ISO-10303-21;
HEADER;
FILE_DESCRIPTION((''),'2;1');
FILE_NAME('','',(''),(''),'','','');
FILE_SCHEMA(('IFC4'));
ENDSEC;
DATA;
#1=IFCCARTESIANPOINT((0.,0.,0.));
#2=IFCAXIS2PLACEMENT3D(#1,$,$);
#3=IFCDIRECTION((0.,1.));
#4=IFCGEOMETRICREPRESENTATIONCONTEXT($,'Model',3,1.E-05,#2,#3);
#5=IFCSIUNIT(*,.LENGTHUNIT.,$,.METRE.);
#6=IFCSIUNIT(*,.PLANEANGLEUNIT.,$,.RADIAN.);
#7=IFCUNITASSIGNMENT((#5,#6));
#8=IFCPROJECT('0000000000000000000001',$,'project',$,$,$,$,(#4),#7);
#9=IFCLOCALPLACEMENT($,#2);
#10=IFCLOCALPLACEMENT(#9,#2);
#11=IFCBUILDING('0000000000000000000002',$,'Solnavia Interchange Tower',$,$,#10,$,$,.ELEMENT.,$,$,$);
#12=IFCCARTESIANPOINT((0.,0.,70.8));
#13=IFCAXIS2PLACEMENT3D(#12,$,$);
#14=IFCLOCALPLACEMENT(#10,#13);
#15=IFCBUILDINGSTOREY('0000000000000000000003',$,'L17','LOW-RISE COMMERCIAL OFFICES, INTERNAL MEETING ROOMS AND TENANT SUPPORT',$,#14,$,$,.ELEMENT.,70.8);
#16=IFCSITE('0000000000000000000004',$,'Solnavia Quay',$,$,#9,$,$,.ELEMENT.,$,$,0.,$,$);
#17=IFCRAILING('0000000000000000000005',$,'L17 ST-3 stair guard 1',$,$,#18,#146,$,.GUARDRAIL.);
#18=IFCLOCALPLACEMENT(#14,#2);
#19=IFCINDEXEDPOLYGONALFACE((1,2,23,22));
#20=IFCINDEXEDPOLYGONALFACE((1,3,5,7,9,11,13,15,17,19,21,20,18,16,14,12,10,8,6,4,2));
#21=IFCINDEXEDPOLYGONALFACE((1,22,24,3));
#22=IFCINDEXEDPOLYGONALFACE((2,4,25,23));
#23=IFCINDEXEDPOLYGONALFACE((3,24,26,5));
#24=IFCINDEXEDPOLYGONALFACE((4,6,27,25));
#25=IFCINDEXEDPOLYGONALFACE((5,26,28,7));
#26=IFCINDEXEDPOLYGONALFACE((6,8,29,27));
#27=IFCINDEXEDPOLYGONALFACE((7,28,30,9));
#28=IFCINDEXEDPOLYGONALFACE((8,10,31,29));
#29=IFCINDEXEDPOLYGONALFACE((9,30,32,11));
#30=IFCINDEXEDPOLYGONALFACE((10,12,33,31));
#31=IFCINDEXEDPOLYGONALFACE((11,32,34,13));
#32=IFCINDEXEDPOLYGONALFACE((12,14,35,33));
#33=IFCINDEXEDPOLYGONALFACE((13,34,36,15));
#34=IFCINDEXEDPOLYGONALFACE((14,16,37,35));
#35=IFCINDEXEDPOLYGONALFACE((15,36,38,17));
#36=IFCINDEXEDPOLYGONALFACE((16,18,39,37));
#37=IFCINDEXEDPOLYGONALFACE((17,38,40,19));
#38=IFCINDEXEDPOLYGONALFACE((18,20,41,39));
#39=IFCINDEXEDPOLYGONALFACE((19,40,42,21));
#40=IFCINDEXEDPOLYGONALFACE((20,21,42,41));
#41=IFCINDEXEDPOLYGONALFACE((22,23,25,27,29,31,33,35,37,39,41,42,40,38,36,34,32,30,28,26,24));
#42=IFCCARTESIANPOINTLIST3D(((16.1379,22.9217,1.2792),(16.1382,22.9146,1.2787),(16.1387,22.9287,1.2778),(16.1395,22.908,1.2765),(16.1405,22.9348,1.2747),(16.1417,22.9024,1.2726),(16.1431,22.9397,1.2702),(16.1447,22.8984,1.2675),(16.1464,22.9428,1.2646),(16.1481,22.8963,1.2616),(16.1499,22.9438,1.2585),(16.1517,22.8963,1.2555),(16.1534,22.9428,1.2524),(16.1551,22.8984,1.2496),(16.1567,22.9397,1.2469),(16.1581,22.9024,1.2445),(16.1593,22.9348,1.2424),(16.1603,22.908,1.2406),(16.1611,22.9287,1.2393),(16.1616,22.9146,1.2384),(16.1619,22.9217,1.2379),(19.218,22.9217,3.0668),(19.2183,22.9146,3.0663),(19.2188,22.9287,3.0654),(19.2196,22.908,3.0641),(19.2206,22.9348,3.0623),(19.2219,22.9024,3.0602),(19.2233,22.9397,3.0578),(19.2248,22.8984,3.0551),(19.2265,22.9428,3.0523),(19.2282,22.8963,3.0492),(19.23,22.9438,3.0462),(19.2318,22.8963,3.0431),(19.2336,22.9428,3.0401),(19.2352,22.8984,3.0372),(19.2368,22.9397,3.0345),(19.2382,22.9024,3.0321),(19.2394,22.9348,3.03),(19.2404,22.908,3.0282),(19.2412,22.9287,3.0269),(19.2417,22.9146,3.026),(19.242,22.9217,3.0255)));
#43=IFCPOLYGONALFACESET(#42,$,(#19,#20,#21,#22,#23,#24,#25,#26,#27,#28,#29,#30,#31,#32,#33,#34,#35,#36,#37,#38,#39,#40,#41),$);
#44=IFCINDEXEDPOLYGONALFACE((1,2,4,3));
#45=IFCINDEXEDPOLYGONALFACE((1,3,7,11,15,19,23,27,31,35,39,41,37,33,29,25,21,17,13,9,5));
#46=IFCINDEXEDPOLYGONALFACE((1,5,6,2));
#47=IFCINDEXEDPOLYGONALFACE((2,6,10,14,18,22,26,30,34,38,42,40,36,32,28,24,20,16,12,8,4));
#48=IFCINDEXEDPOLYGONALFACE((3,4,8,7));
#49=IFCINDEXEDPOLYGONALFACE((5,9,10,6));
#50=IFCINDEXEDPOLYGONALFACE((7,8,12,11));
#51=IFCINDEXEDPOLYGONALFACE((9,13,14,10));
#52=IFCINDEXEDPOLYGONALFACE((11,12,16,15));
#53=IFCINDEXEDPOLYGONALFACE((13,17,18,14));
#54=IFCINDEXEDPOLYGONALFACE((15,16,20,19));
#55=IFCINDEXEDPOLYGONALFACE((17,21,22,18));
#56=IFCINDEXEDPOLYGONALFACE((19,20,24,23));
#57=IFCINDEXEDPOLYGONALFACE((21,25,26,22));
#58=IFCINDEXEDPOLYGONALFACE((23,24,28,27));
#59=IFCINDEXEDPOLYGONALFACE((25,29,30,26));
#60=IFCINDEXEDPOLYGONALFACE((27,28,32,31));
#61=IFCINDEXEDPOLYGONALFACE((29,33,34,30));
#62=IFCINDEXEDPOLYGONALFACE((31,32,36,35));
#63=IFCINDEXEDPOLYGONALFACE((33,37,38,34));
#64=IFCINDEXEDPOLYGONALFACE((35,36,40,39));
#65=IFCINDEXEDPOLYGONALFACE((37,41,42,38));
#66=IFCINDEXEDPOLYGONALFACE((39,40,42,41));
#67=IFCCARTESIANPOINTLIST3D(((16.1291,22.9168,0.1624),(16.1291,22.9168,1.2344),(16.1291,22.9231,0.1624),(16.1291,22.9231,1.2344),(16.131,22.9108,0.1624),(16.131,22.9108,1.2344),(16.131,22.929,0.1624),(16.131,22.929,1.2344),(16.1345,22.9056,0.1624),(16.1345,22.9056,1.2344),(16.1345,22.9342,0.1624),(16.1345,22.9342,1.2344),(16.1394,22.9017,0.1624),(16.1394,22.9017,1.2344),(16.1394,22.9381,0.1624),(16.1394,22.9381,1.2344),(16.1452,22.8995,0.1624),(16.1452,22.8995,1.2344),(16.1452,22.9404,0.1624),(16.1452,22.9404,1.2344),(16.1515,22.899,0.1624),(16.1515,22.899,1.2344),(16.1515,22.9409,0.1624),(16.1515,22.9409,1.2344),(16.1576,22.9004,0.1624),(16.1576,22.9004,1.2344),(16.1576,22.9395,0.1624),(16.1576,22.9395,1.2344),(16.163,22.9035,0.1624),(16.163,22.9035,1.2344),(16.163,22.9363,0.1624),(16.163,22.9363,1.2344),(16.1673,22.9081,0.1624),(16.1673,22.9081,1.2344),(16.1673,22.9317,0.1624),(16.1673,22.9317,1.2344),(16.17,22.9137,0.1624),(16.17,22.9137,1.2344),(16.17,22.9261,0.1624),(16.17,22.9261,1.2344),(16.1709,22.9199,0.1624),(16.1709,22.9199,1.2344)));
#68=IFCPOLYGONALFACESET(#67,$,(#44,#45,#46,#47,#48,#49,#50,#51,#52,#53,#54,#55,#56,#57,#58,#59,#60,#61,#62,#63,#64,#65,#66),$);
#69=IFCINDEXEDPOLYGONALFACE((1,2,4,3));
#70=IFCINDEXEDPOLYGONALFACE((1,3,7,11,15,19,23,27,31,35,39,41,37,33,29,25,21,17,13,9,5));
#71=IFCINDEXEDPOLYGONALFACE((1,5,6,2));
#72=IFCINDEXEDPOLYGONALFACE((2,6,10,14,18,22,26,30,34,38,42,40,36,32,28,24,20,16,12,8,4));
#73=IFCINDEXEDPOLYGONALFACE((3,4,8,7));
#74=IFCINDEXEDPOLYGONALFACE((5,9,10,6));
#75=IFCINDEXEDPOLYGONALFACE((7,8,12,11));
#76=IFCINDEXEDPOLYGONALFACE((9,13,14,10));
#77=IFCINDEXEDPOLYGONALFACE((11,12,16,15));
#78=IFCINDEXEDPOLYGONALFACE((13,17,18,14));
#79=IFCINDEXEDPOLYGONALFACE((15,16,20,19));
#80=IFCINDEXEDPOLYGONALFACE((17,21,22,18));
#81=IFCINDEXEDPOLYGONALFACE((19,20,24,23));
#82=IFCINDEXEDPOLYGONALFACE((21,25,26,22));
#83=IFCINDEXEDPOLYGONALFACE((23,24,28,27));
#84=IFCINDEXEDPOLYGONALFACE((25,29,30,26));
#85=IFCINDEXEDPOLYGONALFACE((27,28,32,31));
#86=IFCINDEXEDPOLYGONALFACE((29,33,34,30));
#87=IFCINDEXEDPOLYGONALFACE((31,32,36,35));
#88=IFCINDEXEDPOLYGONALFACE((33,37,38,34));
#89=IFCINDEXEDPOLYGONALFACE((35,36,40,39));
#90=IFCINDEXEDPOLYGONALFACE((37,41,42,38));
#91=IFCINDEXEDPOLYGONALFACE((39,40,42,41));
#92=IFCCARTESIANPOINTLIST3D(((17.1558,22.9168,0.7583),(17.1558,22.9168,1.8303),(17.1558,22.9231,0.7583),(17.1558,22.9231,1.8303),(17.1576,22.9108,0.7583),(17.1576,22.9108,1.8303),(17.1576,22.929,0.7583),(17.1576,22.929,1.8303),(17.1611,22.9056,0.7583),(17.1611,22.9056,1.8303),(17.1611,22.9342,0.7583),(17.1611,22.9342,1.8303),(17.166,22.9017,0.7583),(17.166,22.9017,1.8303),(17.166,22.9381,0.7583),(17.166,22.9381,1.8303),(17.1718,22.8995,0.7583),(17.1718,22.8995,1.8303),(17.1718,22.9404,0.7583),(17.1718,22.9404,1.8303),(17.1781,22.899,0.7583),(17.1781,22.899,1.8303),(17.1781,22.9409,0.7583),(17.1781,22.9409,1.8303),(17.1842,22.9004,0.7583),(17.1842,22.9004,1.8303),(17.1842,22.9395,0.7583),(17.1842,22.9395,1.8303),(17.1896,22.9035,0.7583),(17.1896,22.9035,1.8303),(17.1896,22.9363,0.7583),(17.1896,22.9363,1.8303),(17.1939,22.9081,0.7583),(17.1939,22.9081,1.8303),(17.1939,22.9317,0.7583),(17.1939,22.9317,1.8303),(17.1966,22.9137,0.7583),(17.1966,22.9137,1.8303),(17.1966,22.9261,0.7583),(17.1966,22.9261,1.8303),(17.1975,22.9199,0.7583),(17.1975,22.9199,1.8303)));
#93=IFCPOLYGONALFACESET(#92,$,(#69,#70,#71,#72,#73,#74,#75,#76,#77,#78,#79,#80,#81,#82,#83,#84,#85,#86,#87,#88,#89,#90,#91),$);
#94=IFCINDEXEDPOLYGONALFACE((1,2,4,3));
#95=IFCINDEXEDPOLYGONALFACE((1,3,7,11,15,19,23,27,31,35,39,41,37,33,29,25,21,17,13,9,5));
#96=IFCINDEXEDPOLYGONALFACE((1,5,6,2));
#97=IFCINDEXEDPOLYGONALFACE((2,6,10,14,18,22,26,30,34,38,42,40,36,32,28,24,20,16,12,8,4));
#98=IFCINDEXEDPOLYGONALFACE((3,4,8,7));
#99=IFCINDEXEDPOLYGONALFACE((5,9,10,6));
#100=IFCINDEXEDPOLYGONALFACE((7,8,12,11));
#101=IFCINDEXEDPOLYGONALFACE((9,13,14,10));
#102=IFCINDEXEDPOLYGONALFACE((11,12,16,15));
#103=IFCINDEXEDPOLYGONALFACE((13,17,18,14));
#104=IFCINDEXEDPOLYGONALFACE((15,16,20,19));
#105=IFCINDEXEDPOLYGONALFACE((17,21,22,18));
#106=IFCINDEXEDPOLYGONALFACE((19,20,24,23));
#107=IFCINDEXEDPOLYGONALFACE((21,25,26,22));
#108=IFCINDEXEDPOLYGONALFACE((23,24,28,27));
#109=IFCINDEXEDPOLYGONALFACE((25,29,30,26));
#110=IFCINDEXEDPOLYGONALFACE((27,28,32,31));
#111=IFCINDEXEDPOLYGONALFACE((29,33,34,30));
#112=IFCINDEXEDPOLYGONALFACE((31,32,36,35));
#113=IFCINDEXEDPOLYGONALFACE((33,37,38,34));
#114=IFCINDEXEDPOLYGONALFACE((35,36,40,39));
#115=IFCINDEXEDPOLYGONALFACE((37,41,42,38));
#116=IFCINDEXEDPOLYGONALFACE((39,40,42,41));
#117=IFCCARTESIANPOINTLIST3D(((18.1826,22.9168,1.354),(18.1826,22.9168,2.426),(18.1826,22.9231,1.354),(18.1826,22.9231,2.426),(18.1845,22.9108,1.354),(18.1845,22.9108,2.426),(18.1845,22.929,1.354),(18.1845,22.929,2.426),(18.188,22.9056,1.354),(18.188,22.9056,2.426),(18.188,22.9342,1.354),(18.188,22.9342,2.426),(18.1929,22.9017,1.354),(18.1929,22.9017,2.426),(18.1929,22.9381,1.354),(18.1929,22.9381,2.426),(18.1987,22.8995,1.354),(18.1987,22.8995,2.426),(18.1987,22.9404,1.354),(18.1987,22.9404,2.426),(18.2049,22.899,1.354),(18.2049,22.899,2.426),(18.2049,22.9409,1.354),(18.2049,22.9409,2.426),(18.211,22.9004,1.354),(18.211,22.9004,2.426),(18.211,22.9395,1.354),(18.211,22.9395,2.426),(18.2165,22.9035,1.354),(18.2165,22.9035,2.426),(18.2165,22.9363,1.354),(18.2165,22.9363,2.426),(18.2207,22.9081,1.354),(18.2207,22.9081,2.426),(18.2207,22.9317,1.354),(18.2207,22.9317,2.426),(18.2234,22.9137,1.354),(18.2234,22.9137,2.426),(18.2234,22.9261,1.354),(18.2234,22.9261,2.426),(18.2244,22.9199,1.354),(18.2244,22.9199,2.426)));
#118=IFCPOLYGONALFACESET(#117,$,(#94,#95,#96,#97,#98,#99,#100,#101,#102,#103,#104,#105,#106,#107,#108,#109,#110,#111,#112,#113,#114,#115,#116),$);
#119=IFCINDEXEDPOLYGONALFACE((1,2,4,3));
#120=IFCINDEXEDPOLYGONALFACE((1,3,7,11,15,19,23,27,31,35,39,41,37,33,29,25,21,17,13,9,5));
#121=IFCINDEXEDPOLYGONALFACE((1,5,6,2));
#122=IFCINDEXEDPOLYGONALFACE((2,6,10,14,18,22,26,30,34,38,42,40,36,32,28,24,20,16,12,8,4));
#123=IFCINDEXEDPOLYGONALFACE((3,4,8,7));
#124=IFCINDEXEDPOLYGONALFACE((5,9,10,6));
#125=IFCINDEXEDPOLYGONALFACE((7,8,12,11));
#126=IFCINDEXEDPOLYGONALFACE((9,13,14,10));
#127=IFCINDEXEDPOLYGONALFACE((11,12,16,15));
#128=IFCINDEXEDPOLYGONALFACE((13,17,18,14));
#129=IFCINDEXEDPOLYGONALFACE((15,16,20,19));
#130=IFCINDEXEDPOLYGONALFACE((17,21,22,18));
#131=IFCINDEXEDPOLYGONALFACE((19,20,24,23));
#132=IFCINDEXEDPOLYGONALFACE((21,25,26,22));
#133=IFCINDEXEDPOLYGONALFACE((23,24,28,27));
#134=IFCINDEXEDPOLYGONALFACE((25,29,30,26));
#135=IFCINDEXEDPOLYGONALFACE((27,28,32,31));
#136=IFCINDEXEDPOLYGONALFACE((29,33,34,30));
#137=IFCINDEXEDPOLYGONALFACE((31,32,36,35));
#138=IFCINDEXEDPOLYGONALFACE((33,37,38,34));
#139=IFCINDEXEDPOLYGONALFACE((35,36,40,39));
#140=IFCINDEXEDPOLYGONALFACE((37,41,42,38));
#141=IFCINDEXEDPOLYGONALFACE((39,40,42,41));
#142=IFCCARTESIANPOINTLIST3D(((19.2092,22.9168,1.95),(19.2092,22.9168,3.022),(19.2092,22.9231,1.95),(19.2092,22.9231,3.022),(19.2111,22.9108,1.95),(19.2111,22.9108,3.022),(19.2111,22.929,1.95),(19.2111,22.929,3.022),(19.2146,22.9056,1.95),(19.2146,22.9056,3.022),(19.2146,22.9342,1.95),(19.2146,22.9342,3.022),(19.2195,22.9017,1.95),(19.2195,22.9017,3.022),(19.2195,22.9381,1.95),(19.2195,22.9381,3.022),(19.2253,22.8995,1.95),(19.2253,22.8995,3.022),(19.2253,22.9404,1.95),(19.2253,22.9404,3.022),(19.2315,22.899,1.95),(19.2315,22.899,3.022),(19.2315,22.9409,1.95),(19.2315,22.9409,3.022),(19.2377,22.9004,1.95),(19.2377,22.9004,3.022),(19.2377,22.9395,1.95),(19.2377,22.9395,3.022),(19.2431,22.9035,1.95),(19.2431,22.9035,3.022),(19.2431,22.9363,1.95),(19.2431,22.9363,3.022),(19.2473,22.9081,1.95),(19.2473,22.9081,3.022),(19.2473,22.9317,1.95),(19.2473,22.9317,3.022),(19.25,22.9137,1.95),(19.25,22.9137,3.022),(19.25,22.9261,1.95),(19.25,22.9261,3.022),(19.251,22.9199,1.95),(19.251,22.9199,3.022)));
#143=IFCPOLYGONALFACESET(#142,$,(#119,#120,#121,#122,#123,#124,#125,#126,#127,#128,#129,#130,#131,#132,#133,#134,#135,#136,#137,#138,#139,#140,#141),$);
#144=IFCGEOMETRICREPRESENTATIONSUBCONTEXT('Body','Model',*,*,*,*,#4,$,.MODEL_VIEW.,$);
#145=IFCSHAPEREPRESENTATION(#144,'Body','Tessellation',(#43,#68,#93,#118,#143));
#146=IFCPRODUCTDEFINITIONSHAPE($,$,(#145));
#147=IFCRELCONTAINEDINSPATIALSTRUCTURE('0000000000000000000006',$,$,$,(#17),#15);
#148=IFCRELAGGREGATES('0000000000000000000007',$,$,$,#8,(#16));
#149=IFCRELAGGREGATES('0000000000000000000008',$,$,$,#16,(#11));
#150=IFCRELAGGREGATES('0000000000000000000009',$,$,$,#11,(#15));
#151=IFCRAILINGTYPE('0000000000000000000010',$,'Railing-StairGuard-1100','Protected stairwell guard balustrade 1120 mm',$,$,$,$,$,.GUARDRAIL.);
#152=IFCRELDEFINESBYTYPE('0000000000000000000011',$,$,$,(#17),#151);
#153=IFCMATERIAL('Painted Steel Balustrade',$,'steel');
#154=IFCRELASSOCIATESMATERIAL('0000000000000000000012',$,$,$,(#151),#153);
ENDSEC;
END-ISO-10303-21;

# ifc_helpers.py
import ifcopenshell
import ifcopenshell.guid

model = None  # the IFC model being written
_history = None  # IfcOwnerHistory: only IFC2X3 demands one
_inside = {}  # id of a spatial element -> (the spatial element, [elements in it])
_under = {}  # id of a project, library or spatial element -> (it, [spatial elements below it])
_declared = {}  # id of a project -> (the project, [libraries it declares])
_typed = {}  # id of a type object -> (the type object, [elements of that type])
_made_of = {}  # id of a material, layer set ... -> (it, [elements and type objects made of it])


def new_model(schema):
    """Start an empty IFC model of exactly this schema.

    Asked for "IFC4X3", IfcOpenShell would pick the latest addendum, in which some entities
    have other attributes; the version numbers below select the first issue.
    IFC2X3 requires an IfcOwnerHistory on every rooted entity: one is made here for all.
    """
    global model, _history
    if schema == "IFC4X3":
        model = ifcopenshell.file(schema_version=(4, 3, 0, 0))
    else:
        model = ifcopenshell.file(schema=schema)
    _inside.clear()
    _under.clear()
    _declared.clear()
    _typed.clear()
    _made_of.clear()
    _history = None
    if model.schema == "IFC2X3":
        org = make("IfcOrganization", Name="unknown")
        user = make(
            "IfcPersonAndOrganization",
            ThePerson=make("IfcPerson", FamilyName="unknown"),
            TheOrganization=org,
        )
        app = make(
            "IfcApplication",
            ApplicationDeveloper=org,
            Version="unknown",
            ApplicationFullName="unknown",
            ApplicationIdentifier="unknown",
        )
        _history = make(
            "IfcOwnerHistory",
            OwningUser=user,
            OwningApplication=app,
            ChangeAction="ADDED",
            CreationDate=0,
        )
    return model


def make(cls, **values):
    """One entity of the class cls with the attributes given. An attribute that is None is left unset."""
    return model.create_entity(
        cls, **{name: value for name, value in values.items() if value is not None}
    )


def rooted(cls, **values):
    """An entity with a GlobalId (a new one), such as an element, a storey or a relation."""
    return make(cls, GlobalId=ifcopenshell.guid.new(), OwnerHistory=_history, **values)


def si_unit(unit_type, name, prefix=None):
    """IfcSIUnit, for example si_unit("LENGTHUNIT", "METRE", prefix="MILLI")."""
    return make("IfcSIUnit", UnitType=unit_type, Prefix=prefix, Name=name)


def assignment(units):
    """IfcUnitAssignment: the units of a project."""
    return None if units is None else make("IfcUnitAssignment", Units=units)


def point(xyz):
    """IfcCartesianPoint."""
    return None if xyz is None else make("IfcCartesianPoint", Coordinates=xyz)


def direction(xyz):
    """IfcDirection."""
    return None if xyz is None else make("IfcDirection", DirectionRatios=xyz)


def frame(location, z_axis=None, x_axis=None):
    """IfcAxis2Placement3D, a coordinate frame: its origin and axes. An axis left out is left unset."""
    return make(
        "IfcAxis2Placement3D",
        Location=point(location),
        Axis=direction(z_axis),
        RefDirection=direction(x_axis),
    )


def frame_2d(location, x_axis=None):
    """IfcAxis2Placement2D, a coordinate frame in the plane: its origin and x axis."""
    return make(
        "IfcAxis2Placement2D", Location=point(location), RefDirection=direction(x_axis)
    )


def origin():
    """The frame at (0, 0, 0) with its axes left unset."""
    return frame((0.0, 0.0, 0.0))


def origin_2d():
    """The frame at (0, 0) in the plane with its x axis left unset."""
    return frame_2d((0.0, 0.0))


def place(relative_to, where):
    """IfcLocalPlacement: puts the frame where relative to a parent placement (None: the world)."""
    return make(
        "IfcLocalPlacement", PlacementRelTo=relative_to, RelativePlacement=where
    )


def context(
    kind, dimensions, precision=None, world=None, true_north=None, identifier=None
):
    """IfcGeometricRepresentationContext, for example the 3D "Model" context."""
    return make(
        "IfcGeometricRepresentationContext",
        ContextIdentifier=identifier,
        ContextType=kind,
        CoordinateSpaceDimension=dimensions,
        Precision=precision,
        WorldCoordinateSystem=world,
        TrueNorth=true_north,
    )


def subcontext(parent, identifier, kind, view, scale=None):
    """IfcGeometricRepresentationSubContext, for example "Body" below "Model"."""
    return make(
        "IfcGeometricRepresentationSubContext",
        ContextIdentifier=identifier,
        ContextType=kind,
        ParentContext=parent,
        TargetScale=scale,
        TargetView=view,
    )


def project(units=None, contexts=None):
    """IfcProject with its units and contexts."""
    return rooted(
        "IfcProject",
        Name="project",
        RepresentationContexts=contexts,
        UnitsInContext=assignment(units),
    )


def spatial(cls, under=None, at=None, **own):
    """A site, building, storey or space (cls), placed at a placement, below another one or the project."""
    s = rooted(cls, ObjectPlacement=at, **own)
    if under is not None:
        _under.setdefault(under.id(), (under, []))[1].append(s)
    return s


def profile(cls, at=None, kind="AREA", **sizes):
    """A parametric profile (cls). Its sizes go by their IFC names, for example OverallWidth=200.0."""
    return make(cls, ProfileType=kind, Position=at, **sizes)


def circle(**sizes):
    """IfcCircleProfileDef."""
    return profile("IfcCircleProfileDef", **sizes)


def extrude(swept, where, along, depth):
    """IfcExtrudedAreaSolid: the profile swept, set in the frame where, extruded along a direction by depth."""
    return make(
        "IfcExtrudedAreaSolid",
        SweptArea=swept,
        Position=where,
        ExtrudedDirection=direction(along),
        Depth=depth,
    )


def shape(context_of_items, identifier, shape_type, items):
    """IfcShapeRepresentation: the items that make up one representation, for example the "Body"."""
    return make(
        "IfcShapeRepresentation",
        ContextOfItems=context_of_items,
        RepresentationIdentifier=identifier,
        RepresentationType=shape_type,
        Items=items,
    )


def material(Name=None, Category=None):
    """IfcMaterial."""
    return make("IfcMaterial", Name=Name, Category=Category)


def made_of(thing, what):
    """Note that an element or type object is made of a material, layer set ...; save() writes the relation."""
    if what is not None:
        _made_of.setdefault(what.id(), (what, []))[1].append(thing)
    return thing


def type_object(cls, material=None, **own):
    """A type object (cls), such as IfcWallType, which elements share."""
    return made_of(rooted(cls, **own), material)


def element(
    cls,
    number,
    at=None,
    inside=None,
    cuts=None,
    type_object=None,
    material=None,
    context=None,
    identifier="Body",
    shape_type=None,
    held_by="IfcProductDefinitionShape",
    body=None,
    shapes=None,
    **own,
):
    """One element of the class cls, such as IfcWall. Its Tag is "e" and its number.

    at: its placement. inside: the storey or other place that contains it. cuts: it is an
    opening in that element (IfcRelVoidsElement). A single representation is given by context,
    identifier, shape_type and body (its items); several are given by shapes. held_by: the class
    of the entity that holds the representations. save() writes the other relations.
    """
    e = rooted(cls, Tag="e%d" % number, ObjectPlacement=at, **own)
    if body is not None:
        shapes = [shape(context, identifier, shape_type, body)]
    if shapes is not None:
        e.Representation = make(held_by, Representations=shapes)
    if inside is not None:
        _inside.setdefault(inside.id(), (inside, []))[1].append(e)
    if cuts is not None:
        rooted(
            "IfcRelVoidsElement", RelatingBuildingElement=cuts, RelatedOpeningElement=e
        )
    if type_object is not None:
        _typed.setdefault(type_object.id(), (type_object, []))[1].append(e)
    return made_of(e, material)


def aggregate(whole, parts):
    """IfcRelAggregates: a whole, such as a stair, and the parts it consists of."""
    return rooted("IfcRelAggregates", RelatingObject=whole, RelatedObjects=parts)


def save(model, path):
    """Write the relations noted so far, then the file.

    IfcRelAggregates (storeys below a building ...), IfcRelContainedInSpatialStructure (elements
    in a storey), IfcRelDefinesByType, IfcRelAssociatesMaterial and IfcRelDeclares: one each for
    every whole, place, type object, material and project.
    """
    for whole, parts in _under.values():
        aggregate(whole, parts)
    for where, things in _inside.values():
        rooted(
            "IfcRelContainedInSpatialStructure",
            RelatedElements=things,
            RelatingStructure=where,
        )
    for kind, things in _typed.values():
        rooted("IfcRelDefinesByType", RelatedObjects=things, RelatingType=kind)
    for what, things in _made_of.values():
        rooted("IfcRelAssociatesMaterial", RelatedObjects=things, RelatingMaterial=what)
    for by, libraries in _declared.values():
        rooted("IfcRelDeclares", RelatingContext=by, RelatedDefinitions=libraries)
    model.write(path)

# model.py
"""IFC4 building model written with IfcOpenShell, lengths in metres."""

from ifc_helpers import new_model, si_unit, direction, frame, origin, origin_2d, place, context, subcontext, project, spatial, circle, extrude, material, type_object, element, save


model = new_model("IFC4")

# Units and contexts
model_context = context("Model", 3, precision=1e-05, world=origin(), true_north=direction((0.0, 1.0)))
body_context = subcontext(model_context, "Body", "Model", "MODEL_VIEW")
ifc_project = project(units=[si_unit("LENGTHUNIT", "METRE"), si_unit("PLANEANGLEUNIT", "RADIAN")], contexts=[model_context])

# Site, building, storey
site_placement = place(None, origin())
site = spatial("IfcSite", under=ifc_project, at=site_placement, Name="Solnavia Quay", CompositionType="ELEMENT", RefElevation=0.0)
building_placement = place(site_placement, origin())
building = spatial("IfcBuilding", under=site, at=building_placement, Name="Solnavia Interchange Tower", CompositionType="ELEMENT")
storey_placement = place(building_placement, frame((0.0, 0.0, 70.8)))
storey = spatial("IfcBuildingStorey", under=building, at=storey_placement, Name="L17", Description="LOW-RISE COMMERCIAL OFFICES, INTERNAL MEETING ROOMS AND TENANT SUPPORT", CompositionType="ELEMENT", Elevation=70.8)

# Railing
ifc_material_1 = material(Name="Painted Steel Balustrade", Category="steel")
railing_type_1 = type_object("IfcRailingType", Name="Railing-StairGuard-1100", Description="Protected stairwell guard balustrade 1120 mm", PredefinedType="GUARDRAIL", material=ifc_material_1)
railing_1_placement = place(storey_placement, frame((16.1499, 22.9199, 0.1624)))
element("IfcRailing", 1, at=railing_1_placement, inside=storey, type_object=railing_type_1, Name="L17 ST-3 stair guard 1", PredefinedType="GUARDRAIL", context=body_context, shape_type="SweptSolid", body=[
    extrude(circle(Radius=0.0239, at=origin_2d()), frame((0.0, 0.0, 1.0962), z_axis=(0.864891, 0.0, 0.50196), x_axis=(0.0, 1.0, 0.0)), (0.0, 0.0, 1.0), 3.5613),
    extrude(circle(Radius=0.021, at=origin_2d()), origin(), (0.0, 0.0, 1.0), 1.072),
    extrude(circle(Radius=0.021, at=origin_2d()), frame((1.0266, 0.0, 0.5959)), (0.0, 0.0, 1.0), 1.072),
    extrude(circle(Radius=0.021, at=origin_2d()), frame((2.0535, 0.0, 1.1917)), (0.0, 0.0, 1.0), 1.072),
    extrude(circle(Radius=0.021, at=origin_2d()), frame((3.0801, 0.0, 1.7876)), (0.0, 0.0, 1.0), 1.072),
])

save(model, "model.ifc")
